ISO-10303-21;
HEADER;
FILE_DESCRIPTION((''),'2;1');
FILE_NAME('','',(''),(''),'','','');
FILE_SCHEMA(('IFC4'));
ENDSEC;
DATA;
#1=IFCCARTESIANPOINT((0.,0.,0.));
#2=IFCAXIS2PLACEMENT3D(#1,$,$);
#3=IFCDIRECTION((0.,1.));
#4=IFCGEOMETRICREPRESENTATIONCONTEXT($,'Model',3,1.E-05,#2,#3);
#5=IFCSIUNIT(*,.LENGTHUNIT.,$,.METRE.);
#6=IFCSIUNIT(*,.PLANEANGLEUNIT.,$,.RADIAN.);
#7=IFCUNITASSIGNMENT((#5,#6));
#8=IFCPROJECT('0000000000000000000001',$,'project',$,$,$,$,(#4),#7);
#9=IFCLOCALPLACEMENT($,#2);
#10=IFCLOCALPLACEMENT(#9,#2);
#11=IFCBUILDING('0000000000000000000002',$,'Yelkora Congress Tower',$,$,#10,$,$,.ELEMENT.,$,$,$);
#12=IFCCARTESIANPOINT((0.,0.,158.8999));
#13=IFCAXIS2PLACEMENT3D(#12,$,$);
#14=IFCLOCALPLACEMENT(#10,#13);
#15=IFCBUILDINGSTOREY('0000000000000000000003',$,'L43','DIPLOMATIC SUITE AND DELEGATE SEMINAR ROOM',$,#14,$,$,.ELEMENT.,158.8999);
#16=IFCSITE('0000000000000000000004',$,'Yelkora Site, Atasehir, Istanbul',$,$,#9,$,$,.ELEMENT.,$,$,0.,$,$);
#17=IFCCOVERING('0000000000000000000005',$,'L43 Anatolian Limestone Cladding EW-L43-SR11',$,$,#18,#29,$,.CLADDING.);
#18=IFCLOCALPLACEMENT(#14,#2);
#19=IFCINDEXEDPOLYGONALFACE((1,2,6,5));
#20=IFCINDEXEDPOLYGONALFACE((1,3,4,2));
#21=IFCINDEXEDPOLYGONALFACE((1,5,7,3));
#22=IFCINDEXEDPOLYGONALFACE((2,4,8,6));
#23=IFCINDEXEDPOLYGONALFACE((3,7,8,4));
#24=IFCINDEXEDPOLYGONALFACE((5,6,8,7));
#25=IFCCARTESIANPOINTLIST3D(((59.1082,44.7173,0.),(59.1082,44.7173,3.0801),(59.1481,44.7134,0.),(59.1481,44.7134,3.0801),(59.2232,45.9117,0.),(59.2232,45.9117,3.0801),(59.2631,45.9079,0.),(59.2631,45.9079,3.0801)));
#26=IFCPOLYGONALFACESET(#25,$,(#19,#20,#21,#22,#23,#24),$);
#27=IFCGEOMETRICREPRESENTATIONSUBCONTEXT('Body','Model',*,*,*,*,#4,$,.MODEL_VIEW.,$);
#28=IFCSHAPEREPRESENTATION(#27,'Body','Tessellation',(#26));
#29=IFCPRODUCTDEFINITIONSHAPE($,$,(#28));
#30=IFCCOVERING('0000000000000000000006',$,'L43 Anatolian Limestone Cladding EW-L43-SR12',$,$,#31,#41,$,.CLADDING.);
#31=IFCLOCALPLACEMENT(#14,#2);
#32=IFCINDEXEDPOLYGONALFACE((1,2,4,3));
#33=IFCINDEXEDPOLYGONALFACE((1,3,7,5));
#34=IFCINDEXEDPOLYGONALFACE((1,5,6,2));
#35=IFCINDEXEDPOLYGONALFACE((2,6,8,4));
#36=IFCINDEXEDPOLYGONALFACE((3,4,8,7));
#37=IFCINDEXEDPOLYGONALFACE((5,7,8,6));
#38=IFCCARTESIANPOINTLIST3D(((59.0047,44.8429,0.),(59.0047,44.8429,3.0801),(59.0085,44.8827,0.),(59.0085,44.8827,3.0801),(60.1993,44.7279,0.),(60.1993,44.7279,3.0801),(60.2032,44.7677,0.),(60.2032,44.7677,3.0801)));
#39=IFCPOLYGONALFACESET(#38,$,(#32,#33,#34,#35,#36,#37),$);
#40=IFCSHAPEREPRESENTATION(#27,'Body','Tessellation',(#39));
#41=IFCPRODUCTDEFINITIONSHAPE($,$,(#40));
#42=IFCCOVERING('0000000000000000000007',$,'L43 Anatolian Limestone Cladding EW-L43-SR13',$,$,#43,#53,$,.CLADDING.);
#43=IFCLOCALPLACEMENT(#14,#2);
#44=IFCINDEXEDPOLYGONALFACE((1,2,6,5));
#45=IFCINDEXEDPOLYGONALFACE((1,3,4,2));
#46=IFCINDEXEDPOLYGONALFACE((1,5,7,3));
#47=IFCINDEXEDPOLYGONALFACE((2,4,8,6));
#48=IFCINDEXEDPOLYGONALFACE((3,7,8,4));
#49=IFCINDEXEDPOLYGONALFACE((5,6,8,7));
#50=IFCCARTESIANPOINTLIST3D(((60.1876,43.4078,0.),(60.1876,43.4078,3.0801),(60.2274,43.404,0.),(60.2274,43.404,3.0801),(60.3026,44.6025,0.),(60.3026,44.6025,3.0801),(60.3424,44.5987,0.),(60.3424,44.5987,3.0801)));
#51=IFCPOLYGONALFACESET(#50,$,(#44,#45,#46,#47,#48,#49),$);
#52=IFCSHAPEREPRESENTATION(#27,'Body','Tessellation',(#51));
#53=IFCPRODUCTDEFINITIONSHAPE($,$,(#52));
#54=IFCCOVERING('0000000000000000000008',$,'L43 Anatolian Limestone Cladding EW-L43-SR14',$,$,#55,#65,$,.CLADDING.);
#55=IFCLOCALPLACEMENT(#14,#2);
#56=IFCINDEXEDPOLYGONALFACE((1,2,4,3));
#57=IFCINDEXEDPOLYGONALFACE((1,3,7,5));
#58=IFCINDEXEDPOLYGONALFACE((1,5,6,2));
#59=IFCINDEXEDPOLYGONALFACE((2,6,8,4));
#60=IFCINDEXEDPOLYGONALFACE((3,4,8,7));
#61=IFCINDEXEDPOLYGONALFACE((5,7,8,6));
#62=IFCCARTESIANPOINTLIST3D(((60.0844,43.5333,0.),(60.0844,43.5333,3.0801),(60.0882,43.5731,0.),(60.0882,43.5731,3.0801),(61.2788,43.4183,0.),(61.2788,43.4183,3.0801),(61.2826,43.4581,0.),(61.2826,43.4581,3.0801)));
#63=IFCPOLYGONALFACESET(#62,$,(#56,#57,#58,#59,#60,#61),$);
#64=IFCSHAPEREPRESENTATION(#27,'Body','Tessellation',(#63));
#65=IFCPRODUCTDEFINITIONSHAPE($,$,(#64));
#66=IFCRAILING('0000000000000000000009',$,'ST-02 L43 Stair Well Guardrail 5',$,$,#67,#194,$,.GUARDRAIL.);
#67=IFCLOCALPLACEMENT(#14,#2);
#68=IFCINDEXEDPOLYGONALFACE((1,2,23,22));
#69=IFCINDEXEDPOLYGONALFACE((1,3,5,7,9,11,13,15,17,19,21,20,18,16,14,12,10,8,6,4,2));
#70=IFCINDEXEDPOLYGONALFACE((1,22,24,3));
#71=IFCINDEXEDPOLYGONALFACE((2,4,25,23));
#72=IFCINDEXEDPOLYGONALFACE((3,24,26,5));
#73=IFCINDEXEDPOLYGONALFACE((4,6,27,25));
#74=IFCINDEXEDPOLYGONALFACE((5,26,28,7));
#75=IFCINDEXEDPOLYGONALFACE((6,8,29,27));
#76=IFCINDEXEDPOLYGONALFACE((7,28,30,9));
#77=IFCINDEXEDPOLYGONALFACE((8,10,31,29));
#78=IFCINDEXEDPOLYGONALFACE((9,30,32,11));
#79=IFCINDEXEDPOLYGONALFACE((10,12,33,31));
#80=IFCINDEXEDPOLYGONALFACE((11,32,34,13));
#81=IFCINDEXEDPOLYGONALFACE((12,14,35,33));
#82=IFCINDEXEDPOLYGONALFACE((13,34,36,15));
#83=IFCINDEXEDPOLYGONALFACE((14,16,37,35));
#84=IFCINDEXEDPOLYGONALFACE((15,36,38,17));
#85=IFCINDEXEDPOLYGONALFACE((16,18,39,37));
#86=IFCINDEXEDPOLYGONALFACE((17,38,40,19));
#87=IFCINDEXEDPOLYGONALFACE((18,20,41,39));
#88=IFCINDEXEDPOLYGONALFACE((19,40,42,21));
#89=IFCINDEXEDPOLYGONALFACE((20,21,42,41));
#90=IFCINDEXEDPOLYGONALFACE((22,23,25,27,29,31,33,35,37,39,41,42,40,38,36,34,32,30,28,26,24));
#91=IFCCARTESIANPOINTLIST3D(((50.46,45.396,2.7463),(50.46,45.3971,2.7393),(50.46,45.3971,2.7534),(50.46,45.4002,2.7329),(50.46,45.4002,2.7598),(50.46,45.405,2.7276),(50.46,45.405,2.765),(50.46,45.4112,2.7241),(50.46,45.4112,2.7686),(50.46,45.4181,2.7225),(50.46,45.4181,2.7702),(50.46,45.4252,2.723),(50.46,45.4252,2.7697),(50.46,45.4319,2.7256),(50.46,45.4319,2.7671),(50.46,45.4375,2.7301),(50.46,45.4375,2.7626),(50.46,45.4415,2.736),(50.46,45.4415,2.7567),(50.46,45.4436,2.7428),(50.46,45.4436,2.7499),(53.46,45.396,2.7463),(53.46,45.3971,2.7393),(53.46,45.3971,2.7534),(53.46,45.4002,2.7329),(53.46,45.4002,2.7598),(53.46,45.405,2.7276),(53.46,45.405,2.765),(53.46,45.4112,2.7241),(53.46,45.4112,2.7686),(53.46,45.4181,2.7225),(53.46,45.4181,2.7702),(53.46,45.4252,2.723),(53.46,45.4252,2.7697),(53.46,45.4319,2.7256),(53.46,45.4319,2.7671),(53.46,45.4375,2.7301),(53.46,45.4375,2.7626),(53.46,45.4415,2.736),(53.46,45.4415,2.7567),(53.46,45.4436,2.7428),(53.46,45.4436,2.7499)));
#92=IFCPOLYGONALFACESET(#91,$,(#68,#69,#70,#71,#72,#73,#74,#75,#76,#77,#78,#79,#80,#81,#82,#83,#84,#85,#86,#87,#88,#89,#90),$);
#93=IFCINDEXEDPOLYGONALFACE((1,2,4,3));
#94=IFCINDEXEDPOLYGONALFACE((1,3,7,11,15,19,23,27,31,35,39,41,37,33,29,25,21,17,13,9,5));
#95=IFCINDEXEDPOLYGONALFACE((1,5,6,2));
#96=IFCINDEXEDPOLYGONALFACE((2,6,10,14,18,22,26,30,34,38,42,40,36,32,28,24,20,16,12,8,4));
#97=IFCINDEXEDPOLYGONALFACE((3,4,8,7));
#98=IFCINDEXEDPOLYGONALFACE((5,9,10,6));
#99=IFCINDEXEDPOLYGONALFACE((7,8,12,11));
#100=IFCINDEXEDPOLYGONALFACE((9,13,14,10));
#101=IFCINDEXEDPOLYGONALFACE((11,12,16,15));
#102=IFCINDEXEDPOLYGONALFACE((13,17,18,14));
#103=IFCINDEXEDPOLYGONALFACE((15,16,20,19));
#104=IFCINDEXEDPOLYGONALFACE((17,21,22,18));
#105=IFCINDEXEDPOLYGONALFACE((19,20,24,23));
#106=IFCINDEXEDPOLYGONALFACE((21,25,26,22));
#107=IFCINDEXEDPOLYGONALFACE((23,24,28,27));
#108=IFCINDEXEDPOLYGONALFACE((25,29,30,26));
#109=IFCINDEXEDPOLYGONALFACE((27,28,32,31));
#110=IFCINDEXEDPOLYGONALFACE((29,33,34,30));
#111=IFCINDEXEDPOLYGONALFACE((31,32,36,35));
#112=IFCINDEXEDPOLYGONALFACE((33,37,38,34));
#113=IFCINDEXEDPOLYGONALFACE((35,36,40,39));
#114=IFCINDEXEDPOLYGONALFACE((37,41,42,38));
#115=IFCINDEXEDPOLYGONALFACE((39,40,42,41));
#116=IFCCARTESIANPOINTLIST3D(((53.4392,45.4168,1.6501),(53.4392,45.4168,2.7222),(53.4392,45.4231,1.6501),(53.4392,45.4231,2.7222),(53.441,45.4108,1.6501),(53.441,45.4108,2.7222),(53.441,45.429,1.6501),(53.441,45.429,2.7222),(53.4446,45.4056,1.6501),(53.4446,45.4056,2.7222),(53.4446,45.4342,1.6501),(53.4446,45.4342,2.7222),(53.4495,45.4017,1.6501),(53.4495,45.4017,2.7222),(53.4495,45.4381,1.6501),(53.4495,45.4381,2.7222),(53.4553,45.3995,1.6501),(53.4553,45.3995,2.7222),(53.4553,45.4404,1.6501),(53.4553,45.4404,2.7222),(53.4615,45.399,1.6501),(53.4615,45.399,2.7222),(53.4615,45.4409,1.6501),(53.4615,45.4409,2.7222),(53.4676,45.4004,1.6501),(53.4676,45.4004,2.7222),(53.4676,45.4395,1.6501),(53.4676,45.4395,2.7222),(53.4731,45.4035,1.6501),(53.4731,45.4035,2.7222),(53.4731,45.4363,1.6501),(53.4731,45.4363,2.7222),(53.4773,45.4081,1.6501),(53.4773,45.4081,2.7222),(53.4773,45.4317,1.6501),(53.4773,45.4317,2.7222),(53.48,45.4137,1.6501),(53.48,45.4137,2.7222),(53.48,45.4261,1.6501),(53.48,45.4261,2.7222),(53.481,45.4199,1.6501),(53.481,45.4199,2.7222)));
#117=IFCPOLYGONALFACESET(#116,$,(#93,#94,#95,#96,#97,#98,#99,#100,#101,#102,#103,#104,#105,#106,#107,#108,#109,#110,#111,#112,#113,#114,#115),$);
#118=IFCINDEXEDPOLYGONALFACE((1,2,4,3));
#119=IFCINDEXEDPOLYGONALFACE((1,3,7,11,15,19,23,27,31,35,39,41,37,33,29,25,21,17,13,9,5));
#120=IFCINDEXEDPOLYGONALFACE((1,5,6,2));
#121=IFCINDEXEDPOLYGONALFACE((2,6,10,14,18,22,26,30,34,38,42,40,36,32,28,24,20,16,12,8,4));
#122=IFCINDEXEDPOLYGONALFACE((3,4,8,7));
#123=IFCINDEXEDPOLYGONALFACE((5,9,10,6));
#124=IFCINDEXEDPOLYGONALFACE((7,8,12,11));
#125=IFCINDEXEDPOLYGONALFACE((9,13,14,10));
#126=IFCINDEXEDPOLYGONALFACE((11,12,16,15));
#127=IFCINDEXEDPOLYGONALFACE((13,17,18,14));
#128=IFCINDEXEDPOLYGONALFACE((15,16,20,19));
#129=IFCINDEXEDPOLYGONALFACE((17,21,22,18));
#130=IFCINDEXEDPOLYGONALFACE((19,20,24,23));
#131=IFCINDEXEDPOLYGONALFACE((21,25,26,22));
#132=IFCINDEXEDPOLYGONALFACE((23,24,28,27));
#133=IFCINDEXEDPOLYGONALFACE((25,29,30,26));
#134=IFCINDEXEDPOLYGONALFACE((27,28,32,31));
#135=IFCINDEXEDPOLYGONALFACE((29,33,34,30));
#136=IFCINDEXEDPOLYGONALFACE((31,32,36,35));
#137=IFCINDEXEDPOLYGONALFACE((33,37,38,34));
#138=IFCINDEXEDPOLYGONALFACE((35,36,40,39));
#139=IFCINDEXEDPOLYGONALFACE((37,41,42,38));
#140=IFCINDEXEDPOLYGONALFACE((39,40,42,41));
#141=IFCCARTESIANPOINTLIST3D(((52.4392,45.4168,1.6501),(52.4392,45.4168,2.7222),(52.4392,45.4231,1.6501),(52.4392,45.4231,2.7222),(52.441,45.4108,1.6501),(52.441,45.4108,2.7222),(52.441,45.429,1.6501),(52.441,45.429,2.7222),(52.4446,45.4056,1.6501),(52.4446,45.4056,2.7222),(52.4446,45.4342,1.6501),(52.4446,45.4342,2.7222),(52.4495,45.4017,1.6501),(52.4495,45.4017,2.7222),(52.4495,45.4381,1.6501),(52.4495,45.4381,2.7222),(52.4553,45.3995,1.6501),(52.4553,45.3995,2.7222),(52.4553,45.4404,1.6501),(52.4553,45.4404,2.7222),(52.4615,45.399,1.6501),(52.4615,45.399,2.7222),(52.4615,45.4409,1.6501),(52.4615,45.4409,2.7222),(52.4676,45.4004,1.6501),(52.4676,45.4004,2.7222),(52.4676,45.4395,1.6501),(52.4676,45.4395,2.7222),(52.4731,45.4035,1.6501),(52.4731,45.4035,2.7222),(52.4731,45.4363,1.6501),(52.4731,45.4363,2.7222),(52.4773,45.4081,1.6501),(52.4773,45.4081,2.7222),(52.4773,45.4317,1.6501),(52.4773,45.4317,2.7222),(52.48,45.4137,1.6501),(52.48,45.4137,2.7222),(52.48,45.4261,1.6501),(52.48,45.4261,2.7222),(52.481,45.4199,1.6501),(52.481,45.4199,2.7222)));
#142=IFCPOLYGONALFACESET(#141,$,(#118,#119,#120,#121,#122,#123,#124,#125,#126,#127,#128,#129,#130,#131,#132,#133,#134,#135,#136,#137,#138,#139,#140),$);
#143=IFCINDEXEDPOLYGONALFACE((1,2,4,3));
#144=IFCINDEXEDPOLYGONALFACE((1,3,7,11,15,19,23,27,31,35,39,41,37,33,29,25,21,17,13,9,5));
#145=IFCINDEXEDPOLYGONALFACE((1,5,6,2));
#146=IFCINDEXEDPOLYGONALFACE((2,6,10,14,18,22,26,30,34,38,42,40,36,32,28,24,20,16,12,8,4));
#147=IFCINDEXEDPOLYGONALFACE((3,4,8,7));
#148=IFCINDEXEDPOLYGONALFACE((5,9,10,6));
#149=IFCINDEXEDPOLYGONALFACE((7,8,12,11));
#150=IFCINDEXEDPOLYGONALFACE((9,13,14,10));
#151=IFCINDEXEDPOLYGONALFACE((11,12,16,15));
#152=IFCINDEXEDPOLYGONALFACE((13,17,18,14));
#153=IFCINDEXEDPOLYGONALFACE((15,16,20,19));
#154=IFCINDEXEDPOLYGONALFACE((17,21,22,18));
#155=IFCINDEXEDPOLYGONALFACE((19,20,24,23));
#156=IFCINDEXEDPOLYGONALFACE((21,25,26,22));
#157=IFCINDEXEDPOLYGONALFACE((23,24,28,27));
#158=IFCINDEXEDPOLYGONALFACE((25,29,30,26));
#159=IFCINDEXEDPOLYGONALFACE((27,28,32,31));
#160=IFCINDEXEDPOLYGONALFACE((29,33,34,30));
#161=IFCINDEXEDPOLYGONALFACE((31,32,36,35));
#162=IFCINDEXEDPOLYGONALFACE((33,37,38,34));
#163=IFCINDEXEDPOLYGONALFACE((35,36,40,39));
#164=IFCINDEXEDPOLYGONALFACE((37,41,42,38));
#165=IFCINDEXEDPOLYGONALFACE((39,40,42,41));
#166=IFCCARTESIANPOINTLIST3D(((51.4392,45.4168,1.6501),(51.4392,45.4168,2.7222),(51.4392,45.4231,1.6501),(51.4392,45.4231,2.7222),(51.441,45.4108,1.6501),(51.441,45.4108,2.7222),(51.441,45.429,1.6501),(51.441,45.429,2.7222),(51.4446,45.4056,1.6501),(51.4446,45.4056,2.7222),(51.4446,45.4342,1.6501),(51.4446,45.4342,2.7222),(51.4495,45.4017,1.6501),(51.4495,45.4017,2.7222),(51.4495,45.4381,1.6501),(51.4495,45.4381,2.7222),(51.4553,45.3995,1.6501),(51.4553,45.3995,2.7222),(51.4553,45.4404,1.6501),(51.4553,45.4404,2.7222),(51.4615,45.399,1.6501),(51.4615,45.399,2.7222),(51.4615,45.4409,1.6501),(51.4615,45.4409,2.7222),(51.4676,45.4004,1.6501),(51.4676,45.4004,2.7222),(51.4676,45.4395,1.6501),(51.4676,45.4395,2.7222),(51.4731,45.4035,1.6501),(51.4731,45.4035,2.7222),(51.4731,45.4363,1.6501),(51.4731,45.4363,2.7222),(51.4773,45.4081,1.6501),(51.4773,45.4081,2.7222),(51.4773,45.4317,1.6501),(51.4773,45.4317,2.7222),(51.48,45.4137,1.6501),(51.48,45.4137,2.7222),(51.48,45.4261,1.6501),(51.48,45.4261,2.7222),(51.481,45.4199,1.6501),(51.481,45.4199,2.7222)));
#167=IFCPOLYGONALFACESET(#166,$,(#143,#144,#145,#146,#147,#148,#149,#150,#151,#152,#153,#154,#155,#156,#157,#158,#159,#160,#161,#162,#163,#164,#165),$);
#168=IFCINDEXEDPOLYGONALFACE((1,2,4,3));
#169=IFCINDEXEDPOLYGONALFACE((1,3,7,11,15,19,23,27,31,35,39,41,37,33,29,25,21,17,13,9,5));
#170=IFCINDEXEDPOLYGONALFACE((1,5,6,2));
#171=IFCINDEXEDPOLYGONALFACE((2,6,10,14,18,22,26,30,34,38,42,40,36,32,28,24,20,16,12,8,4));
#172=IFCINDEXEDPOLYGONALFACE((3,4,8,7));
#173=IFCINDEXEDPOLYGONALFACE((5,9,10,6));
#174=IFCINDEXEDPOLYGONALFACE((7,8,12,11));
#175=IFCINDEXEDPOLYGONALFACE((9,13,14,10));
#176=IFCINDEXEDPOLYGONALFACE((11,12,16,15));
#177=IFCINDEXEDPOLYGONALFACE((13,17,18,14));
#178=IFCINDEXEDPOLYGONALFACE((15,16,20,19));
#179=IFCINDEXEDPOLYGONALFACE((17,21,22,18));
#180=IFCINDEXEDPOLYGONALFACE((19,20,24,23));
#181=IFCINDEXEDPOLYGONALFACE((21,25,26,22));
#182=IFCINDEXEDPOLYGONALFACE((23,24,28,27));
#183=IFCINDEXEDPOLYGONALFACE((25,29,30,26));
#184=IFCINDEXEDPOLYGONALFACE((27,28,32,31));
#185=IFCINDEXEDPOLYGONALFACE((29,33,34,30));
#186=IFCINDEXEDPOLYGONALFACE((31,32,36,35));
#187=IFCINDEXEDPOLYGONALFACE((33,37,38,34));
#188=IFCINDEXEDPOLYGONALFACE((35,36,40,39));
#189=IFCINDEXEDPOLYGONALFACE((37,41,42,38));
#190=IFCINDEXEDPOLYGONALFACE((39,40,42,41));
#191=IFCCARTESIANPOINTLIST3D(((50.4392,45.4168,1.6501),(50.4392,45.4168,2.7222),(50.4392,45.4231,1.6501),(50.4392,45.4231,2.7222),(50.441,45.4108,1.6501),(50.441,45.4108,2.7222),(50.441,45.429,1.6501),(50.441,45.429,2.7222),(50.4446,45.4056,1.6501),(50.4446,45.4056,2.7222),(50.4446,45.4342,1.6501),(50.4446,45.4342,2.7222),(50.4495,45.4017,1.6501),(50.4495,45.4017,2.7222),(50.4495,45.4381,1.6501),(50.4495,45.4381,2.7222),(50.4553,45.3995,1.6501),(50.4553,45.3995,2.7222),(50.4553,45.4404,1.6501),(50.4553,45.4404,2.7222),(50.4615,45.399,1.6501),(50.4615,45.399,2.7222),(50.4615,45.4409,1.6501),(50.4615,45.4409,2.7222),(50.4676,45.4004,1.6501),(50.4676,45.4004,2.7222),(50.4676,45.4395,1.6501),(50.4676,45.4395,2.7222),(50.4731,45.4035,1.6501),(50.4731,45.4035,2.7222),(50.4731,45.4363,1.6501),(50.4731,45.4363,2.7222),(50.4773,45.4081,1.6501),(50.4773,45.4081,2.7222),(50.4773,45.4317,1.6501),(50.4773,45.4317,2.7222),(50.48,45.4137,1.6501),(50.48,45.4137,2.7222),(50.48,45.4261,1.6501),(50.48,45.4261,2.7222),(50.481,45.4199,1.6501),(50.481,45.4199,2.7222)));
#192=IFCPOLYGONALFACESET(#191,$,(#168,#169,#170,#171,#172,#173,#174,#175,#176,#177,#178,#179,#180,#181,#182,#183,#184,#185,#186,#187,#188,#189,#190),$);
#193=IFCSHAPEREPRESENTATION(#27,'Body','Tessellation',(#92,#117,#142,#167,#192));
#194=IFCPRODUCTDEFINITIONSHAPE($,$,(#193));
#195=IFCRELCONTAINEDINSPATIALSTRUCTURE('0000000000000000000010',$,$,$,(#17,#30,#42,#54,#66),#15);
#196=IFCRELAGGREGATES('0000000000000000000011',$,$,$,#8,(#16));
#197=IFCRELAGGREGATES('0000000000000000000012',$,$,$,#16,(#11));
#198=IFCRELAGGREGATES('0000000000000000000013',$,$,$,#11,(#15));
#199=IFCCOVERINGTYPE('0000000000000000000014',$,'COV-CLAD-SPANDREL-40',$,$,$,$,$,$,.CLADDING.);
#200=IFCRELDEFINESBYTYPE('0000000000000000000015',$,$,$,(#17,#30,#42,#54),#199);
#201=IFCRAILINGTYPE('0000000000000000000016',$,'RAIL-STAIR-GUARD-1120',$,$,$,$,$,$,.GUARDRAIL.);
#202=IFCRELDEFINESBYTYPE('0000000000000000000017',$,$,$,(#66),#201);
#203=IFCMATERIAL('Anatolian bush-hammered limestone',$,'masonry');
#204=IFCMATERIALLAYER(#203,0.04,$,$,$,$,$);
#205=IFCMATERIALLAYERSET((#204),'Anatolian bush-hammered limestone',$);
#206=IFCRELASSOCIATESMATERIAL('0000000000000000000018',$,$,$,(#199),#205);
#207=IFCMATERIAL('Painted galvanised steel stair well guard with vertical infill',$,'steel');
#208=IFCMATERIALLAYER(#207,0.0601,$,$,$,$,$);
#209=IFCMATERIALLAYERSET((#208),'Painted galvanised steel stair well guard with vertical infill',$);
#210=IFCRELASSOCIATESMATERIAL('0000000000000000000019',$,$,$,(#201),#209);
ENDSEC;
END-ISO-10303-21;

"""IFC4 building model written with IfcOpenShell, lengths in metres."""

from ifc_helpers import new_model, si_unit, direction, frame, frame_2d, origin, origin_2d, place, context, subcontext, project, spatial, rectangle, circle, extrude, material, layer, layer_set, type_object, element, save


model = new_model("IFC4")

# Units and contexts
model_context = context("Model", 3, precision=1e-05, world=origin(), true_north=direction((0.0, 1.0)))
body_context = subcontext(model_context, "Body", "Model", "MODEL_VIEW")
ifc_project = project(units=[si_unit("LENGTHUNIT", "METRE"), si_unit("PLANEANGLEUNIT", "RADIAN")], contexts=[model_context])

# Site, building, storey
site_placement = place(None, origin())
site = spatial("IfcSite", under=ifc_project, at=site_placement, Name="Yelkora Site, Atasehir, Istanbul", CompositionType="ELEMENT", RefElevation=0.0)
building_placement = place(site_placement, origin())
building = spatial("IfcBuilding", under=site, at=building_placement, Name="Yelkora Congress Tower", CompositionType="ELEMENT")
storey_placement = place(building_placement, frame((0.0, 0.0, 158.8999)))
storey = spatial("IfcBuildingStorey", under=building, at=storey_placement, Name="L43", Description="DIPLOMATIC SUITE AND DELEGATE SEMINAR ROOM", CompositionType="ELEMENT", Elevation=158.8999)

# Coverings
ifc_material_1 = material(Name="Anatolian bush-hammered limestone", Category="masonry")
ifc_layer_1 = layer(ifc_material_1, 0.04)
ifc_layer_set_1 = layer_set([ifc_layer_1], Name="Anatolian bush-hammered limestone")
covering_type = type_object("IfcCoveringType", Name="COV-CLAD-SPANDREL-40", PredefinedType="CLADDING", material=ifc_layer_set_1)
covering_1_placement = place(storey_placement, frame((59.2432, 45.9099, 0.0), z_axis=(0.0, 0.0, 1.0), x_axis=(-0.095836, -0.995397, 0.0)))
element("IfcCovering", 1, at=covering_1_placement, inside=storey, type_object=covering_type, Name="L43 Anatolian Limestone Cladding EW-L43-SR11", PredefinedType="CLADDING", context=body_context, shape_type="SweptSolid", body=[
    extrude(rectangle(XDim=1.2, YDim=0.04, at=frame_2d((0.6001, 0.0))), origin(), (0.0, 0.0, 1.0), 3.0801),
])
for number, where, z_axis, x_axis, name in (
    (2, (59.0066, 44.8628, 0.0), (0.0, 0.0, 1.0), (0.995399, -0.095817, 0.0), "L43 Anatolian Limestone Cladding EW-L43-SR12"),
    (3, (60.3225, 44.6006, 0.0), (0.0, 0.0, 1.0), (-0.095817, -0.995399, 0.0), "L43 Anatolian Limestone Cladding EW-L43-SR13"),
):
    element("IfcCovering", number, at=place(storey_placement, frame(where, z_axis=z_axis, x_axis=x_axis)), inside=storey, type_object=covering_type, Name=name, PredefinedType="CLADDING", context=body_context, shape_type="SweptSolid", body=[
        extrude(rectangle(XDim=1.2002, YDim=0.04, at=frame_2d((0.6001, 0.0))), origin(), (0.0, 0.0, 1.0), 3.0801),
    ])
covering_2_placement = place(storey_placement, frame((60.0862, 43.5532, 0.0), z_axis=(0.0, 0.0, 1.0), x_axis=(0.995397, -0.095836, 0.0)))
element("IfcCovering", 4, at=covering_2_placement, inside=storey, type_object=covering_type, Name="L43 Anatolian Limestone Cladding EW-L43-SR14", PredefinedType="CLADDING", context=body_context, shape_type="SweptSolid", body=[
    extrude(rectangle(XDim=1.2, YDim=0.04, at=frame_2d((0.6001, 0.0))), origin(), (0.0, 0.0, 1.0), 3.0801),
])

# Railing
ifc_material_2 = material(Name="Painted galvanised steel stair well guard with vertical infill", Category="steel")
ifc_layer_2 = layer(ifc_material_2, 0.0601)
ifc_layer_set_2 = layer_set([ifc_layer_2], Name="Painted galvanised steel stair well guard with vertical infill")
railing_type = type_object("IfcRailingType", Name="RAIL-STAIR-GUARD-1120", PredefinedType="GUARDRAIL", material=ifc_layer_set_2)
railing_1_placement = place(storey_placement, frame((53.46, 45.4199, 1.6501)))
element("IfcRailing", 5, at=railing_1_placement, inside=storey, type_object=railing_type, Name="ST-02 L43 Stair Well Guardrail 5", PredefinedType="GUARDRAIL", context=body_context, shape_type="SweptSolid", body=[
    extrude(circle(Radius=0.0239, at=origin_2d()), frame((0.0, 0.0, 1.0962), z_axis=(-1.0, 0.0, 0.0), x_axis=(0.0, -1.0, 0.0)), (0.0, 0.0, 1.0), 3.0),
    extrude(circle(Radius=0.021, at=origin_2d()), origin(), (0.0, 0.0, 1.0), 1.072),
    extrude(circle(Radius=0.021, at=origin_2d()), frame((-1.0, 0.0, 0.0)), (0.0, 0.0, 1.0), 1.072),
    extrude(circle(Radius=0.021, at=origin_2d()), frame((-2.0, 0.0, 0.0)), (0.0, 0.0, 1.0), 1.072),
    extrude(circle(Radius=0.021, at=origin_2d()), frame((-3.0, 0.0, 0.0)), (0.0, 0.0, 1.0), 1.072),
])

save(model, "model.ifc")
